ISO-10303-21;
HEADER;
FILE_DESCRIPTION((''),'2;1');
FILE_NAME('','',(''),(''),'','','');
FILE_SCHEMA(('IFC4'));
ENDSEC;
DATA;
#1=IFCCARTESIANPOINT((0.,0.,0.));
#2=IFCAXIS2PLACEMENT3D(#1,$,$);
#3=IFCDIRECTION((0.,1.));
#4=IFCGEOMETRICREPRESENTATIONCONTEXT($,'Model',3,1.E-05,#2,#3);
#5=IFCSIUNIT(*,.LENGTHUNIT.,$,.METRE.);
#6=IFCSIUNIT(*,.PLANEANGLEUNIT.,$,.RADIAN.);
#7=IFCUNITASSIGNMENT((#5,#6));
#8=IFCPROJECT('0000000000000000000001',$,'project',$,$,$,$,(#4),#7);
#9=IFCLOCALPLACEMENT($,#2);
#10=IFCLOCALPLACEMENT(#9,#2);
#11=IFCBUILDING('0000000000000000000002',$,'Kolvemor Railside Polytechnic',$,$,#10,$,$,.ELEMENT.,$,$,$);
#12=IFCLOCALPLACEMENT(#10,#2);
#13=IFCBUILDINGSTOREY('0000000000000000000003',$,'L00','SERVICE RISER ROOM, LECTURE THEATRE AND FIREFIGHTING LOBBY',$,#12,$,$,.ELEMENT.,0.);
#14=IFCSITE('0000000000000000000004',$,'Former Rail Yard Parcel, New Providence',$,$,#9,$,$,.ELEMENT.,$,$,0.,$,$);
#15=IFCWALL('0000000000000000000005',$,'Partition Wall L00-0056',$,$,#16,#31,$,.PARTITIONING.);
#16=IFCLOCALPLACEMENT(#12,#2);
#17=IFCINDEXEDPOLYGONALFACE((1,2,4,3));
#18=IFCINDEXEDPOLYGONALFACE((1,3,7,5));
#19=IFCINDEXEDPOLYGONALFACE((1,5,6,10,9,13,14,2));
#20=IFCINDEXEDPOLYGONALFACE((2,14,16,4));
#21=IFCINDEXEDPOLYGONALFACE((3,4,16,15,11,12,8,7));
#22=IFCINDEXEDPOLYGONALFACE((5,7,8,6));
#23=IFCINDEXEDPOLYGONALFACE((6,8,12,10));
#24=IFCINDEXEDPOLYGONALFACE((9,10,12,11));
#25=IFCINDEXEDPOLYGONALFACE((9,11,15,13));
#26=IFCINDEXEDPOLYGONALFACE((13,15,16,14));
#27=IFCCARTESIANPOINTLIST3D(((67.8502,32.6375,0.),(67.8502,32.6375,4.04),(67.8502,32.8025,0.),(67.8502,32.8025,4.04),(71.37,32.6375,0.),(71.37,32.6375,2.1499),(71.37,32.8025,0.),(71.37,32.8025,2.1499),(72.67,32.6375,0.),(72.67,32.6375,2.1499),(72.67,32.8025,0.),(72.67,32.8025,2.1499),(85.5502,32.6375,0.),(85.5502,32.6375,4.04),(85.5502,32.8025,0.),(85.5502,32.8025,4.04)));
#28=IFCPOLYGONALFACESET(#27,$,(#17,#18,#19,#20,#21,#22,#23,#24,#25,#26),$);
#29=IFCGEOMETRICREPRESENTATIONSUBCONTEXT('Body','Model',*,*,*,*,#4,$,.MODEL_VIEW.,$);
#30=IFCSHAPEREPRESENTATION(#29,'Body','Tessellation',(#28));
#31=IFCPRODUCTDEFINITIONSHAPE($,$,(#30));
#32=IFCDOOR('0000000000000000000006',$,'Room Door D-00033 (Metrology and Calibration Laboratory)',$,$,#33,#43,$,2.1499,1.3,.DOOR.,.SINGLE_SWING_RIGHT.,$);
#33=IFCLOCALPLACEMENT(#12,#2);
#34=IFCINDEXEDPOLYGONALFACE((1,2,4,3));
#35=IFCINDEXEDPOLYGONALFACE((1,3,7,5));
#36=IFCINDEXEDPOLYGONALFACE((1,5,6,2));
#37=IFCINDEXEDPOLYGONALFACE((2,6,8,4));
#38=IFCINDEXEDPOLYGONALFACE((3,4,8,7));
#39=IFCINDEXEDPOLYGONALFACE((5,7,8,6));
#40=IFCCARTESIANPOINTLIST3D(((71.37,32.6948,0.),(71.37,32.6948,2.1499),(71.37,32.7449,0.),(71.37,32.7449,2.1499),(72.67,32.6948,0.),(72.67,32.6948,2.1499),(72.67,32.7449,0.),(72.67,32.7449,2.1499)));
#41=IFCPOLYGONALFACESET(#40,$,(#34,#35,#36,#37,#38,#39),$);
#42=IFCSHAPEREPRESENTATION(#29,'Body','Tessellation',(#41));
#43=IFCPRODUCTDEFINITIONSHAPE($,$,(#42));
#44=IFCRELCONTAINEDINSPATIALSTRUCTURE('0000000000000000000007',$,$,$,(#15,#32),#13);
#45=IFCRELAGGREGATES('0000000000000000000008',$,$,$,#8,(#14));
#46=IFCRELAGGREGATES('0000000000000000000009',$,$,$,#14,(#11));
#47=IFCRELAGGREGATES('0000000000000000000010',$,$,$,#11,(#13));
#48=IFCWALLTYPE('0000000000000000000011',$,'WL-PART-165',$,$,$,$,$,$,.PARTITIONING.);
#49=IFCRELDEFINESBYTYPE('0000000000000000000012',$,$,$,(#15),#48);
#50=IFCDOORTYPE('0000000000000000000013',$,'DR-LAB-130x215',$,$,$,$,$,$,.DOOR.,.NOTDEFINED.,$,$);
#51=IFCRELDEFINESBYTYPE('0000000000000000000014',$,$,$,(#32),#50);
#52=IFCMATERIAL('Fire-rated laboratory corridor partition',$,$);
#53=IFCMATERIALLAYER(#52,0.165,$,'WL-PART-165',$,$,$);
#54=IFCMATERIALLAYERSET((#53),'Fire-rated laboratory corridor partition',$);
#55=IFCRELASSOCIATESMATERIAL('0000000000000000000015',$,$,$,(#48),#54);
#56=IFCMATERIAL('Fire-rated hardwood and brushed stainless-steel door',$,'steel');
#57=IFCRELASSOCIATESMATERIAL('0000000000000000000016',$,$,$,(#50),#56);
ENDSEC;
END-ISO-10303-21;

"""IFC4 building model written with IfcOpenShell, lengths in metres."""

from ifc_helpers import new_model, si_unit, direction, frame, frame_2d, origin, place, context, subcontext, project, spatial, rectangle, extrude, material, layer, layer_set, type_object, element, fill, save


model = new_model("IFC4")

# Units and contexts
model_context = context("Model", 3, precision=1e-05, world=origin(), true_north=direction((0.0, 1.0)))
body_context = subcontext(model_context, "Body", "Model", "MODEL_VIEW")
ifc_project = project(units=[si_unit("LENGTHUNIT", "METRE"), si_unit("PLANEANGLEUNIT", "RADIAN")], contexts=[model_context])

# Site, building, storey
site_placement = place(None, origin())
site = spatial("IfcSite", under=ifc_project, at=site_placement, Name="Former Rail Yard Parcel, New Providence", CompositionType="ELEMENT", RefElevation=0.0)
building_placement = place(site_placement, origin())
building = spatial("IfcBuilding", under=site, at=building_placement, Name="Kolvemor Railside Polytechnic", CompositionType="ELEMENT")
storey_placement = place(building_placement, origin())
storey = spatial("IfcBuildingStorey", under=building, at=storey_placement, Name="L00", Description="SERVICE RISER ROOM, LECTURE THEATRE AND FIREFIGHTING LOBBY", CompositionType="ELEMENT", Elevation=0.0)

# Wall, opening, door
ifc_material_1 = material(Name="Fire-rated laboratory corridor partition")
ifc_layer_1 = layer(ifc_material_1, 0.165, Name="WL-PART-165")
ifc_layer_set_1 = layer_set([ifc_layer_1], Name="Fire-rated laboratory corridor partition")
wall_type_1 = type_object("IfcWallType", Name="WL-PART-165", PredefinedType="PARTITIONING", material=ifc_layer_set_1)
wall_1_placement = place(storey_placement, frame((67.8501, 32.72, 0.0), z_axis=(0.0, 0.0, 1.0), x_axis=(1.0, 0.0, 0.0)))
wall_1 = element("IfcWall", 1, at=wall_1_placement, inside=storey, type_object=wall_type_1, Name="Partition Wall L00-0056", PredefinedType="PARTITIONING", context=body_context, shape_type="SweptSolid", body=[
    extrude(rectangle(XDim=17.7, YDim=0.165, at=frame_2d((8.8501, 0.0))), origin(), (0.0, 0.0, 1.0), 4.04),
])
opening_1_placement = place(wall_1_placement, frame((3.52, 0.0, 0.0)))
opening_1 = element("IfcOpeningElement", 2, at=opening_1_placement, cuts=wall_1, PredefinedType="OPENING", context=body_context, shape_type="SweptSolid", body=[
    extrude(rectangle(XDim=1.3, YDim=2.1499, at=frame_2d((0.6499, 1.075))), frame((0.0, 0.0925, 0.0), z_axis=(0.0, -1.0, 0.0), x_axis=(1.0, 0.0, 0.0)), (0.0, 0.0, 1.0), 0.1851),
])
ifc_material_2 = material(Name="Fire-rated hardwood and brushed stainless-steel door", Category="steel")
door_type = type_object("IfcDoorType", Name="DR-LAB-130x215", OperationType="NOTDEFINED", PredefinedType="DOOR", material=ifc_material_2)
door_placement = place(opening_1_placement, origin())
door = element("IfcDoor", 3, at=door_placement, inside=storey, type_object=door_type, Name="Room Door D-00033 (Metrology and Calibration Laboratory)", OperationType="SINGLE_SWING_RIGHT", OverallHeight=2.1499, OverallWidth=1.3, PredefinedType="DOOR", context=body_context, shape_type="SweptSolid", body=[
    extrude(rectangle(XDim=1.3, YDim=2.1499, at=frame_2d((0.6499, 1.075))), frame((0.0, 0.0249, 0.0), z_axis=(0.0, -1.0, 0.0), x_axis=(1.0, 0.0, 0.0)), (0.0, 0.0, 1.0), 0.05),
])
fill(opening_1, door)

save(model, "model.ifc")
